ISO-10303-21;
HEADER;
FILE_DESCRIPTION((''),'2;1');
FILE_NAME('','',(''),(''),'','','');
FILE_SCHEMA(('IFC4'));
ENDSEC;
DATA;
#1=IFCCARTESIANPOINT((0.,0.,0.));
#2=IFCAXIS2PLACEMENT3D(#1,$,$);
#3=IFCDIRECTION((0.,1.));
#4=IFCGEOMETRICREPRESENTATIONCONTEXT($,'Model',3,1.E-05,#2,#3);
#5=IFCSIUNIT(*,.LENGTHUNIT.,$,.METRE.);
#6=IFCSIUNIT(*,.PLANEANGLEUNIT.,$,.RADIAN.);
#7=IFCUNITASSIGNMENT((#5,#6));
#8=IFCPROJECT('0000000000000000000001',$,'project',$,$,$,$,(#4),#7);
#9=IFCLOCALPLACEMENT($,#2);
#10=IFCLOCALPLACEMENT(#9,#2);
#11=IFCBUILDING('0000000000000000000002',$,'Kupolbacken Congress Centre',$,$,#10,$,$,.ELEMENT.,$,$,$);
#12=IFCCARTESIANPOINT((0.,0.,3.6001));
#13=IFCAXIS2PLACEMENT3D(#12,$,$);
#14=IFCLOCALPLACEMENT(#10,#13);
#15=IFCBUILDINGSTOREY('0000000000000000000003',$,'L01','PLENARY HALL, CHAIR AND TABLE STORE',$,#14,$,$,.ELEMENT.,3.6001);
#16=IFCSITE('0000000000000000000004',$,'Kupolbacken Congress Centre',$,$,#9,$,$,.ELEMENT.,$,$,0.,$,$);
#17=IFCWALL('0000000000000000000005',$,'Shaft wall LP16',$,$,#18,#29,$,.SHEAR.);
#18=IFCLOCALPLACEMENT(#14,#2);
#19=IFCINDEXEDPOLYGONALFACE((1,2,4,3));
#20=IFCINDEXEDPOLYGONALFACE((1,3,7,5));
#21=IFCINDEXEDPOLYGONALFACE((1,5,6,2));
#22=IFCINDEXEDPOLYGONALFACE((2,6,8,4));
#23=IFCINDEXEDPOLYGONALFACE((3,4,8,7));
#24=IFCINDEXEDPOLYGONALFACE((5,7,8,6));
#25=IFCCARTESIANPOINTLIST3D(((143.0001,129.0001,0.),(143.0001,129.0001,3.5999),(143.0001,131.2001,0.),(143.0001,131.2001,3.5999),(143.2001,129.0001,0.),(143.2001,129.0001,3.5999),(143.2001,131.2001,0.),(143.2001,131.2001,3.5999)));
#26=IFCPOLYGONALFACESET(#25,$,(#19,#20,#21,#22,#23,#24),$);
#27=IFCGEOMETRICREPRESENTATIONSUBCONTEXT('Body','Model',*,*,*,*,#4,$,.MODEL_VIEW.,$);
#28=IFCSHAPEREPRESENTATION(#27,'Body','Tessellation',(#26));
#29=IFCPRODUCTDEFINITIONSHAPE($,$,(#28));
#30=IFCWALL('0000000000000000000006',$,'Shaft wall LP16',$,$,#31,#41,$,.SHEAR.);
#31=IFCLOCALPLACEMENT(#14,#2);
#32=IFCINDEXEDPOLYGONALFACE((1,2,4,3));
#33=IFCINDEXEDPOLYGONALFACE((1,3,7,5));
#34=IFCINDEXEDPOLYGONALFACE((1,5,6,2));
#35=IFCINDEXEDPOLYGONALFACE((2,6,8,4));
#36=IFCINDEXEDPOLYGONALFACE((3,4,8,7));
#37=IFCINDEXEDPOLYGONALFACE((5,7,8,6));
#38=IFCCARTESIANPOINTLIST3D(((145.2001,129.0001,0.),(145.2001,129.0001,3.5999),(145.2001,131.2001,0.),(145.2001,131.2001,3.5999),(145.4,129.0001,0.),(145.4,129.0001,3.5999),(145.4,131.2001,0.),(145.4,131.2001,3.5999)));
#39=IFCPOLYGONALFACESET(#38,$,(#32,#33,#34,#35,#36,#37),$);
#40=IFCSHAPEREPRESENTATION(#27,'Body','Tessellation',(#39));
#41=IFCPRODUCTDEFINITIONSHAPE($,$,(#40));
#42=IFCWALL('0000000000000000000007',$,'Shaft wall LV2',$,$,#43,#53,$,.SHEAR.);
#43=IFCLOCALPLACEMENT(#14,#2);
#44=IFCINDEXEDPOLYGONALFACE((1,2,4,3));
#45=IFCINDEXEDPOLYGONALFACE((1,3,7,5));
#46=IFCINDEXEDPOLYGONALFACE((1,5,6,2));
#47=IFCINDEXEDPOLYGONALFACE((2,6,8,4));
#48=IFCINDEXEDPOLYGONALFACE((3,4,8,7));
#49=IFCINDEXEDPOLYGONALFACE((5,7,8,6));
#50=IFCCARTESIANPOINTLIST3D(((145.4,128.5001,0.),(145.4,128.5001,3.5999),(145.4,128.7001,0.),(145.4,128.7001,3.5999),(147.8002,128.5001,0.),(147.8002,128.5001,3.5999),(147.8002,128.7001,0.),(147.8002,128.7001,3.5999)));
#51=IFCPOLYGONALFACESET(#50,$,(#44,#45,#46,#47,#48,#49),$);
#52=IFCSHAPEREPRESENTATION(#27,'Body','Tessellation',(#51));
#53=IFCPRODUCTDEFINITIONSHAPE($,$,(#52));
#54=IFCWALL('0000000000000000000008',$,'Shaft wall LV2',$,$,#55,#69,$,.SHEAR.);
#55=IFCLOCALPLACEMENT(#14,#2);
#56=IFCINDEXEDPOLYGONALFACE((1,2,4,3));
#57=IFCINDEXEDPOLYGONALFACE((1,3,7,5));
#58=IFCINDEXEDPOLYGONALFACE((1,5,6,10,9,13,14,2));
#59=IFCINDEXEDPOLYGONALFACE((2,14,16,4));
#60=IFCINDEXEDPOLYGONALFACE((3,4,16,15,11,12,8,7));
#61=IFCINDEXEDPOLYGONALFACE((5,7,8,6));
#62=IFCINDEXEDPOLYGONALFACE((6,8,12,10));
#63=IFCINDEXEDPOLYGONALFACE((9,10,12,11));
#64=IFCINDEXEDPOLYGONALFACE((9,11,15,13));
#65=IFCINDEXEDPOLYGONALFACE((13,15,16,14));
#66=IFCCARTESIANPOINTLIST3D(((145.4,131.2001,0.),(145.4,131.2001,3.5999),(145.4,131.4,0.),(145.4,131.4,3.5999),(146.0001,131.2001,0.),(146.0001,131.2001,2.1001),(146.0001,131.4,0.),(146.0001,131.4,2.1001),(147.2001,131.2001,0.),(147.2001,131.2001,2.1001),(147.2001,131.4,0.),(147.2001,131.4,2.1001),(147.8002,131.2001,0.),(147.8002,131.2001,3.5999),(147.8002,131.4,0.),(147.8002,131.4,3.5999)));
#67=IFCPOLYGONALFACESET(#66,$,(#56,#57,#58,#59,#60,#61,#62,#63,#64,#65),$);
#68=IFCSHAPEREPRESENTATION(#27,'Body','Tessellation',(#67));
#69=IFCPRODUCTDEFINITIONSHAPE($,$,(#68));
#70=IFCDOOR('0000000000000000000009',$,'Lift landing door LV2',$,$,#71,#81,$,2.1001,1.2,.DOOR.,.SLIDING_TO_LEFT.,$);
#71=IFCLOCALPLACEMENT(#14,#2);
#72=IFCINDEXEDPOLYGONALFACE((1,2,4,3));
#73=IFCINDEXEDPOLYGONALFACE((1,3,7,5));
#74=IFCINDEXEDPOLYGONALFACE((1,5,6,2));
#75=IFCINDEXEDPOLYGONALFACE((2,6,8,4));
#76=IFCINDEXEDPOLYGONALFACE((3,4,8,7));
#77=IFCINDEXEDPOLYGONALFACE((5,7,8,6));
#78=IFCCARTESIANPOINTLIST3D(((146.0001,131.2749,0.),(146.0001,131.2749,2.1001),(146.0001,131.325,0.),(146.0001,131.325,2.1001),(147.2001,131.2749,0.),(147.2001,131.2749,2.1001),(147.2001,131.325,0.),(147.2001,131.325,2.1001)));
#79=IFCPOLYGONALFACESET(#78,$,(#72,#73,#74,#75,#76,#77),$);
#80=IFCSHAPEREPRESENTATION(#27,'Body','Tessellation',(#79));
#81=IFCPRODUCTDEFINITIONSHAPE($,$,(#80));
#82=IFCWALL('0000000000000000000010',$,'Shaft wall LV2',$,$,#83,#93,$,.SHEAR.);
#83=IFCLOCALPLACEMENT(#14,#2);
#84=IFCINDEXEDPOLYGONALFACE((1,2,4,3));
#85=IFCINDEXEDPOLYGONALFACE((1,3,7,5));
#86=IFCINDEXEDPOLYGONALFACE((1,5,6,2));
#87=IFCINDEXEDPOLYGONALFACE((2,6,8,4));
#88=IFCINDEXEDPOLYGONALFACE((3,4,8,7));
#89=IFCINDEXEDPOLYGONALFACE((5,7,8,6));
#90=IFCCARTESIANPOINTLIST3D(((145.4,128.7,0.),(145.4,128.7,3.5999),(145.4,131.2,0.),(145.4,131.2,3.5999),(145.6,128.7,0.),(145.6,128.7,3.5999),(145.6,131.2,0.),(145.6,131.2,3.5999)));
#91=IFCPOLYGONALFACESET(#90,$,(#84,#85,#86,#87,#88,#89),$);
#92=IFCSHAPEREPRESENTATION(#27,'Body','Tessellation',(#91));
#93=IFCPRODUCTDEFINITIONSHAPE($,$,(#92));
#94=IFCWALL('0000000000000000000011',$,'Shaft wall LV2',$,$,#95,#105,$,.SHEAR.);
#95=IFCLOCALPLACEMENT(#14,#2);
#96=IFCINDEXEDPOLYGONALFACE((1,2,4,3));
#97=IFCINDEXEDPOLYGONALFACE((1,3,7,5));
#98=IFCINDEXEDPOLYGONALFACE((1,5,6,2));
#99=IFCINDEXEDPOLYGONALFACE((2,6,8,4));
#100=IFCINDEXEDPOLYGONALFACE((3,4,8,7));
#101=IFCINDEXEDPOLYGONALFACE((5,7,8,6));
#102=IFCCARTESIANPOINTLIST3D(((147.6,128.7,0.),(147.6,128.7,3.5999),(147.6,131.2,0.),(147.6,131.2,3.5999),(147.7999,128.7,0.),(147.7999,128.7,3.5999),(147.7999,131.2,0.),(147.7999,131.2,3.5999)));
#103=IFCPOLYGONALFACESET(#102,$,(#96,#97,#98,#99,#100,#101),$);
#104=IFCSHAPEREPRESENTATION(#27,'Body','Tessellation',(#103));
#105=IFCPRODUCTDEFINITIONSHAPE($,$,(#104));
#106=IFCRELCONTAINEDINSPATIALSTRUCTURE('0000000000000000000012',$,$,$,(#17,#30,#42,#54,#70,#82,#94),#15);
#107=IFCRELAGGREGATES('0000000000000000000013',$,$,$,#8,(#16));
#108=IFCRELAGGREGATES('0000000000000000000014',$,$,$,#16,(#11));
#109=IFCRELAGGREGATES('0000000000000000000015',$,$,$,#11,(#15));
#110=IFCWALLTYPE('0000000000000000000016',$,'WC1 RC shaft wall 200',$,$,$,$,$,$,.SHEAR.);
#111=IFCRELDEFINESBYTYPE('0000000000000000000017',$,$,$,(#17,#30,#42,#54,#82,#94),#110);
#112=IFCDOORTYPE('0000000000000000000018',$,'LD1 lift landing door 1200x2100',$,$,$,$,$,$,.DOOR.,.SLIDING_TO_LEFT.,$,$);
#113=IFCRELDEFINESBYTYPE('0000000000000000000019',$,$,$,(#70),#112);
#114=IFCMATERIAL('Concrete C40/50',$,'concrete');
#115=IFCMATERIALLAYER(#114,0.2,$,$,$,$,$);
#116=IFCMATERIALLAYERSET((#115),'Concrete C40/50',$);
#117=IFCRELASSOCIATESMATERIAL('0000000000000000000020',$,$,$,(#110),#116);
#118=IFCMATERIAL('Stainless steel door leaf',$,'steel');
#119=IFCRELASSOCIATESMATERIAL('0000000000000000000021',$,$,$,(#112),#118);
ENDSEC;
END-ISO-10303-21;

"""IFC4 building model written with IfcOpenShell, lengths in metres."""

from ifc_helpers import new_model, si_unit, direction, frame, frame_2d, origin, place, context, subcontext, project, spatial, rectangle, extrude, material, layer, layer_set, type_object, element, fill, save


model = new_model("IFC4")

# Units and contexts
model_context = context("Model", 3, precision=1e-05, world=origin(), true_north=direction((0.0, 1.0)))
body_context = subcontext(model_context, "Body", "Model", "MODEL_VIEW")
ifc_project = project(units=[si_unit("LENGTHUNIT", "METRE"), si_unit("PLANEANGLEUNIT", "RADIAN")], contexts=[model_context])

# Site, building, storey
site_placement = place(None, origin())
site = spatial("IfcSite", under=ifc_project, at=site_placement, Name="Kupolbacken Congress Centre", CompositionType="ELEMENT", RefElevation=0.0)
building_placement = place(site_placement, origin())
building = spatial("IfcBuilding", under=site, at=building_placement, Name="Kupolbacken Congress Centre", CompositionType="ELEMENT")
storey_placement = place(building_placement, frame((0.0, 0.0, 3.6001)))
storey = spatial("IfcBuildingStorey", under=building, at=storey_placement, Name="L01", Description="PLENARY HALL, CHAIR AND TABLE STORE", CompositionType="ELEMENT", Elevation=3.6001)

# Shared definitions
ifc_material_1 = material(Name="Concrete C40/50", Category="concrete")
ifc_layer_1 = layer(ifc_material_1, 0.2)
ifc_layer_set_1 = layer_set([ifc_layer_1], Name="Concrete C40/50")
wall_type_1 = type_object("IfcWallType", Name="WC1 RC shaft wall 200", PredefinedType="SHEAR", material=ifc_layer_set_1)

# Walls
for number, where, z_axis, x_axis, name in (
    (1, (143.1001, 129.0, 0.0), (0.0, 0.0, 1.0), (0.0, 1.0, 0.0), "Shaft wall LP16"),
    (2, (145.3, 129.0, 0.0), (0.0, 0.0, 1.0), (0.0, 1.0, 0.0), "Shaft wall LP16"),
):
    element("IfcWall", number, at=place(storey_placement, frame(where, z_axis=z_axis, x_axis=x_axis)), inside=storey, type_object=wall_type_1, Name=name, PredefinedType="SHEAR", context=body_context, shape_type="SweptSolid", body=[
        extrude(rectangle(XDim=2.2, YDim=0.2, at=frame_2d((1.1001, 0.0))), origin(), (0.0, 0.0, 1.0), 3.5999),
    ])
wall_1_placement = place(storey_placement, frame((145.3999, 128.6001, 0.0), z_axis=(0.0, 0.0, 1.0), x_axis=(1.0, 0.0, 0.0)))
element("IfcWall", 3, at=wall_1_placement, inside=storey, type_object=wall_type_1, Name="Shaft wall LV2", PredefinedType="SHEAR", context=body_context, shape_type="SweptSolid", body=[
    extrude(rectangle(XDim=2.4001, YDim=0.2, at=frame_2d((1.2002, 0.0))), origin(), (0.0, 0.0, 1.0), 3.5999),
])

# Wall, opening, door
wall_2_placement = place(storey_placement, frame((145.3999, 131.3, 0.0), z_axis=(0.0, 0.0, 1.0), x_axis=(1.0, 0.0, 0.0)))
wall_2 = element("IfcWall", 4, at=wall_2_placement, inside=storey, type_object=wall_type_1, Name="Shaft wall LV2", PredefinedType="SHEAR", context=body_context, shape_type="SweptSolid", body=[
    extrude(rectangle(XDim=2.4001, YDim=0.2, at=frame_2d((1.2002, 0.0))), origin(), (0.0, 0.0, 1.0), 3.5999),
])
opening_1_placement = place(wall_2_placement, frame((0.6001, 0.0, 0.0)))
opening_1 = element("IfcOpeningElement", 5, at=opening_1_placement, cuts=wall_2, PredefinedType="OPENING", context=body_context, shape_type="SweptSolid", body=[
    extrude(rectangle(XDim=1.2, YDim=2.1001, at=frame_2d((0.6001, 1.05))), frame((0.0, 0.1099, 0.0), z_axis=(0.0, -1.0, 0.0), x_axis=(1.0, 0.0, 0.0)), (0.0, 0.0, 1.0), 0.22),
])
ifc_material_2 = material(Name="Stainless steel door leaf", Category="steel")
door_type_1 = type_object("IfcDoorType", Name="LD1 lift landing door 1200x2100", OperationType="SLIDING_TO_LEFT", PredefinedType="DOOR", material=ifc_material_2)
door_1_placement = place(opening_1_placement, origin())
door_1 = element("IfcDoor", 6, at=door_1_placement, inside=storey, type_object=door_type_1, Name="Lift landing door LV2", OperationType="SLIDING_TO_LEFT", OverallHeight=2.1001, OverallWidth=1.2, PredefinedType="DOOR", context=body_context, shape_type="SweptSolid", body=[
    extrude(rectangle(XDim=1.2, YDim=2.1001, at=frame_2d((0.6001, 1.05))), frame((0.0, 0.0249, 0.0), z_axis=(0.0, -1.0, 0.0), x_axis=(1.0, 0.0, 0.0)), (0.0, 0.0, 1.0), 0.05),
])
fill(opening_1, door_1)

# Walls
for number, where, z_axis, x_axis, name in (
    (7, (145.5, 128.7, 0.0), (0.0, 0.0, 1.0), (0.0, 1.0, 0.0), "Shaft wall LV2"),
    (8, (147.7, 128.7, 0.0), (0.0, 0.0, 1.0), (0.0, 1.0, 0.0), "Shaft wall LV2"),
):
    element("IfcWall", number, at=place(storey_placement, frame(where, z_axis=z_axis, x_axis=x_axis)), inside=storey, type_object=wall_type_1, Name=name, PredefinedType="SHEAR", context=body_context, shape_type="SweptSolid", body=[
        extrude(rectangle(XDim=2.5, YDim=0.2, at=frame_2d((1.25, 0.0))), origin(), (0.0, 0.0, 1.0), 3.5999),
    ])

save(model, "model.ifc")
